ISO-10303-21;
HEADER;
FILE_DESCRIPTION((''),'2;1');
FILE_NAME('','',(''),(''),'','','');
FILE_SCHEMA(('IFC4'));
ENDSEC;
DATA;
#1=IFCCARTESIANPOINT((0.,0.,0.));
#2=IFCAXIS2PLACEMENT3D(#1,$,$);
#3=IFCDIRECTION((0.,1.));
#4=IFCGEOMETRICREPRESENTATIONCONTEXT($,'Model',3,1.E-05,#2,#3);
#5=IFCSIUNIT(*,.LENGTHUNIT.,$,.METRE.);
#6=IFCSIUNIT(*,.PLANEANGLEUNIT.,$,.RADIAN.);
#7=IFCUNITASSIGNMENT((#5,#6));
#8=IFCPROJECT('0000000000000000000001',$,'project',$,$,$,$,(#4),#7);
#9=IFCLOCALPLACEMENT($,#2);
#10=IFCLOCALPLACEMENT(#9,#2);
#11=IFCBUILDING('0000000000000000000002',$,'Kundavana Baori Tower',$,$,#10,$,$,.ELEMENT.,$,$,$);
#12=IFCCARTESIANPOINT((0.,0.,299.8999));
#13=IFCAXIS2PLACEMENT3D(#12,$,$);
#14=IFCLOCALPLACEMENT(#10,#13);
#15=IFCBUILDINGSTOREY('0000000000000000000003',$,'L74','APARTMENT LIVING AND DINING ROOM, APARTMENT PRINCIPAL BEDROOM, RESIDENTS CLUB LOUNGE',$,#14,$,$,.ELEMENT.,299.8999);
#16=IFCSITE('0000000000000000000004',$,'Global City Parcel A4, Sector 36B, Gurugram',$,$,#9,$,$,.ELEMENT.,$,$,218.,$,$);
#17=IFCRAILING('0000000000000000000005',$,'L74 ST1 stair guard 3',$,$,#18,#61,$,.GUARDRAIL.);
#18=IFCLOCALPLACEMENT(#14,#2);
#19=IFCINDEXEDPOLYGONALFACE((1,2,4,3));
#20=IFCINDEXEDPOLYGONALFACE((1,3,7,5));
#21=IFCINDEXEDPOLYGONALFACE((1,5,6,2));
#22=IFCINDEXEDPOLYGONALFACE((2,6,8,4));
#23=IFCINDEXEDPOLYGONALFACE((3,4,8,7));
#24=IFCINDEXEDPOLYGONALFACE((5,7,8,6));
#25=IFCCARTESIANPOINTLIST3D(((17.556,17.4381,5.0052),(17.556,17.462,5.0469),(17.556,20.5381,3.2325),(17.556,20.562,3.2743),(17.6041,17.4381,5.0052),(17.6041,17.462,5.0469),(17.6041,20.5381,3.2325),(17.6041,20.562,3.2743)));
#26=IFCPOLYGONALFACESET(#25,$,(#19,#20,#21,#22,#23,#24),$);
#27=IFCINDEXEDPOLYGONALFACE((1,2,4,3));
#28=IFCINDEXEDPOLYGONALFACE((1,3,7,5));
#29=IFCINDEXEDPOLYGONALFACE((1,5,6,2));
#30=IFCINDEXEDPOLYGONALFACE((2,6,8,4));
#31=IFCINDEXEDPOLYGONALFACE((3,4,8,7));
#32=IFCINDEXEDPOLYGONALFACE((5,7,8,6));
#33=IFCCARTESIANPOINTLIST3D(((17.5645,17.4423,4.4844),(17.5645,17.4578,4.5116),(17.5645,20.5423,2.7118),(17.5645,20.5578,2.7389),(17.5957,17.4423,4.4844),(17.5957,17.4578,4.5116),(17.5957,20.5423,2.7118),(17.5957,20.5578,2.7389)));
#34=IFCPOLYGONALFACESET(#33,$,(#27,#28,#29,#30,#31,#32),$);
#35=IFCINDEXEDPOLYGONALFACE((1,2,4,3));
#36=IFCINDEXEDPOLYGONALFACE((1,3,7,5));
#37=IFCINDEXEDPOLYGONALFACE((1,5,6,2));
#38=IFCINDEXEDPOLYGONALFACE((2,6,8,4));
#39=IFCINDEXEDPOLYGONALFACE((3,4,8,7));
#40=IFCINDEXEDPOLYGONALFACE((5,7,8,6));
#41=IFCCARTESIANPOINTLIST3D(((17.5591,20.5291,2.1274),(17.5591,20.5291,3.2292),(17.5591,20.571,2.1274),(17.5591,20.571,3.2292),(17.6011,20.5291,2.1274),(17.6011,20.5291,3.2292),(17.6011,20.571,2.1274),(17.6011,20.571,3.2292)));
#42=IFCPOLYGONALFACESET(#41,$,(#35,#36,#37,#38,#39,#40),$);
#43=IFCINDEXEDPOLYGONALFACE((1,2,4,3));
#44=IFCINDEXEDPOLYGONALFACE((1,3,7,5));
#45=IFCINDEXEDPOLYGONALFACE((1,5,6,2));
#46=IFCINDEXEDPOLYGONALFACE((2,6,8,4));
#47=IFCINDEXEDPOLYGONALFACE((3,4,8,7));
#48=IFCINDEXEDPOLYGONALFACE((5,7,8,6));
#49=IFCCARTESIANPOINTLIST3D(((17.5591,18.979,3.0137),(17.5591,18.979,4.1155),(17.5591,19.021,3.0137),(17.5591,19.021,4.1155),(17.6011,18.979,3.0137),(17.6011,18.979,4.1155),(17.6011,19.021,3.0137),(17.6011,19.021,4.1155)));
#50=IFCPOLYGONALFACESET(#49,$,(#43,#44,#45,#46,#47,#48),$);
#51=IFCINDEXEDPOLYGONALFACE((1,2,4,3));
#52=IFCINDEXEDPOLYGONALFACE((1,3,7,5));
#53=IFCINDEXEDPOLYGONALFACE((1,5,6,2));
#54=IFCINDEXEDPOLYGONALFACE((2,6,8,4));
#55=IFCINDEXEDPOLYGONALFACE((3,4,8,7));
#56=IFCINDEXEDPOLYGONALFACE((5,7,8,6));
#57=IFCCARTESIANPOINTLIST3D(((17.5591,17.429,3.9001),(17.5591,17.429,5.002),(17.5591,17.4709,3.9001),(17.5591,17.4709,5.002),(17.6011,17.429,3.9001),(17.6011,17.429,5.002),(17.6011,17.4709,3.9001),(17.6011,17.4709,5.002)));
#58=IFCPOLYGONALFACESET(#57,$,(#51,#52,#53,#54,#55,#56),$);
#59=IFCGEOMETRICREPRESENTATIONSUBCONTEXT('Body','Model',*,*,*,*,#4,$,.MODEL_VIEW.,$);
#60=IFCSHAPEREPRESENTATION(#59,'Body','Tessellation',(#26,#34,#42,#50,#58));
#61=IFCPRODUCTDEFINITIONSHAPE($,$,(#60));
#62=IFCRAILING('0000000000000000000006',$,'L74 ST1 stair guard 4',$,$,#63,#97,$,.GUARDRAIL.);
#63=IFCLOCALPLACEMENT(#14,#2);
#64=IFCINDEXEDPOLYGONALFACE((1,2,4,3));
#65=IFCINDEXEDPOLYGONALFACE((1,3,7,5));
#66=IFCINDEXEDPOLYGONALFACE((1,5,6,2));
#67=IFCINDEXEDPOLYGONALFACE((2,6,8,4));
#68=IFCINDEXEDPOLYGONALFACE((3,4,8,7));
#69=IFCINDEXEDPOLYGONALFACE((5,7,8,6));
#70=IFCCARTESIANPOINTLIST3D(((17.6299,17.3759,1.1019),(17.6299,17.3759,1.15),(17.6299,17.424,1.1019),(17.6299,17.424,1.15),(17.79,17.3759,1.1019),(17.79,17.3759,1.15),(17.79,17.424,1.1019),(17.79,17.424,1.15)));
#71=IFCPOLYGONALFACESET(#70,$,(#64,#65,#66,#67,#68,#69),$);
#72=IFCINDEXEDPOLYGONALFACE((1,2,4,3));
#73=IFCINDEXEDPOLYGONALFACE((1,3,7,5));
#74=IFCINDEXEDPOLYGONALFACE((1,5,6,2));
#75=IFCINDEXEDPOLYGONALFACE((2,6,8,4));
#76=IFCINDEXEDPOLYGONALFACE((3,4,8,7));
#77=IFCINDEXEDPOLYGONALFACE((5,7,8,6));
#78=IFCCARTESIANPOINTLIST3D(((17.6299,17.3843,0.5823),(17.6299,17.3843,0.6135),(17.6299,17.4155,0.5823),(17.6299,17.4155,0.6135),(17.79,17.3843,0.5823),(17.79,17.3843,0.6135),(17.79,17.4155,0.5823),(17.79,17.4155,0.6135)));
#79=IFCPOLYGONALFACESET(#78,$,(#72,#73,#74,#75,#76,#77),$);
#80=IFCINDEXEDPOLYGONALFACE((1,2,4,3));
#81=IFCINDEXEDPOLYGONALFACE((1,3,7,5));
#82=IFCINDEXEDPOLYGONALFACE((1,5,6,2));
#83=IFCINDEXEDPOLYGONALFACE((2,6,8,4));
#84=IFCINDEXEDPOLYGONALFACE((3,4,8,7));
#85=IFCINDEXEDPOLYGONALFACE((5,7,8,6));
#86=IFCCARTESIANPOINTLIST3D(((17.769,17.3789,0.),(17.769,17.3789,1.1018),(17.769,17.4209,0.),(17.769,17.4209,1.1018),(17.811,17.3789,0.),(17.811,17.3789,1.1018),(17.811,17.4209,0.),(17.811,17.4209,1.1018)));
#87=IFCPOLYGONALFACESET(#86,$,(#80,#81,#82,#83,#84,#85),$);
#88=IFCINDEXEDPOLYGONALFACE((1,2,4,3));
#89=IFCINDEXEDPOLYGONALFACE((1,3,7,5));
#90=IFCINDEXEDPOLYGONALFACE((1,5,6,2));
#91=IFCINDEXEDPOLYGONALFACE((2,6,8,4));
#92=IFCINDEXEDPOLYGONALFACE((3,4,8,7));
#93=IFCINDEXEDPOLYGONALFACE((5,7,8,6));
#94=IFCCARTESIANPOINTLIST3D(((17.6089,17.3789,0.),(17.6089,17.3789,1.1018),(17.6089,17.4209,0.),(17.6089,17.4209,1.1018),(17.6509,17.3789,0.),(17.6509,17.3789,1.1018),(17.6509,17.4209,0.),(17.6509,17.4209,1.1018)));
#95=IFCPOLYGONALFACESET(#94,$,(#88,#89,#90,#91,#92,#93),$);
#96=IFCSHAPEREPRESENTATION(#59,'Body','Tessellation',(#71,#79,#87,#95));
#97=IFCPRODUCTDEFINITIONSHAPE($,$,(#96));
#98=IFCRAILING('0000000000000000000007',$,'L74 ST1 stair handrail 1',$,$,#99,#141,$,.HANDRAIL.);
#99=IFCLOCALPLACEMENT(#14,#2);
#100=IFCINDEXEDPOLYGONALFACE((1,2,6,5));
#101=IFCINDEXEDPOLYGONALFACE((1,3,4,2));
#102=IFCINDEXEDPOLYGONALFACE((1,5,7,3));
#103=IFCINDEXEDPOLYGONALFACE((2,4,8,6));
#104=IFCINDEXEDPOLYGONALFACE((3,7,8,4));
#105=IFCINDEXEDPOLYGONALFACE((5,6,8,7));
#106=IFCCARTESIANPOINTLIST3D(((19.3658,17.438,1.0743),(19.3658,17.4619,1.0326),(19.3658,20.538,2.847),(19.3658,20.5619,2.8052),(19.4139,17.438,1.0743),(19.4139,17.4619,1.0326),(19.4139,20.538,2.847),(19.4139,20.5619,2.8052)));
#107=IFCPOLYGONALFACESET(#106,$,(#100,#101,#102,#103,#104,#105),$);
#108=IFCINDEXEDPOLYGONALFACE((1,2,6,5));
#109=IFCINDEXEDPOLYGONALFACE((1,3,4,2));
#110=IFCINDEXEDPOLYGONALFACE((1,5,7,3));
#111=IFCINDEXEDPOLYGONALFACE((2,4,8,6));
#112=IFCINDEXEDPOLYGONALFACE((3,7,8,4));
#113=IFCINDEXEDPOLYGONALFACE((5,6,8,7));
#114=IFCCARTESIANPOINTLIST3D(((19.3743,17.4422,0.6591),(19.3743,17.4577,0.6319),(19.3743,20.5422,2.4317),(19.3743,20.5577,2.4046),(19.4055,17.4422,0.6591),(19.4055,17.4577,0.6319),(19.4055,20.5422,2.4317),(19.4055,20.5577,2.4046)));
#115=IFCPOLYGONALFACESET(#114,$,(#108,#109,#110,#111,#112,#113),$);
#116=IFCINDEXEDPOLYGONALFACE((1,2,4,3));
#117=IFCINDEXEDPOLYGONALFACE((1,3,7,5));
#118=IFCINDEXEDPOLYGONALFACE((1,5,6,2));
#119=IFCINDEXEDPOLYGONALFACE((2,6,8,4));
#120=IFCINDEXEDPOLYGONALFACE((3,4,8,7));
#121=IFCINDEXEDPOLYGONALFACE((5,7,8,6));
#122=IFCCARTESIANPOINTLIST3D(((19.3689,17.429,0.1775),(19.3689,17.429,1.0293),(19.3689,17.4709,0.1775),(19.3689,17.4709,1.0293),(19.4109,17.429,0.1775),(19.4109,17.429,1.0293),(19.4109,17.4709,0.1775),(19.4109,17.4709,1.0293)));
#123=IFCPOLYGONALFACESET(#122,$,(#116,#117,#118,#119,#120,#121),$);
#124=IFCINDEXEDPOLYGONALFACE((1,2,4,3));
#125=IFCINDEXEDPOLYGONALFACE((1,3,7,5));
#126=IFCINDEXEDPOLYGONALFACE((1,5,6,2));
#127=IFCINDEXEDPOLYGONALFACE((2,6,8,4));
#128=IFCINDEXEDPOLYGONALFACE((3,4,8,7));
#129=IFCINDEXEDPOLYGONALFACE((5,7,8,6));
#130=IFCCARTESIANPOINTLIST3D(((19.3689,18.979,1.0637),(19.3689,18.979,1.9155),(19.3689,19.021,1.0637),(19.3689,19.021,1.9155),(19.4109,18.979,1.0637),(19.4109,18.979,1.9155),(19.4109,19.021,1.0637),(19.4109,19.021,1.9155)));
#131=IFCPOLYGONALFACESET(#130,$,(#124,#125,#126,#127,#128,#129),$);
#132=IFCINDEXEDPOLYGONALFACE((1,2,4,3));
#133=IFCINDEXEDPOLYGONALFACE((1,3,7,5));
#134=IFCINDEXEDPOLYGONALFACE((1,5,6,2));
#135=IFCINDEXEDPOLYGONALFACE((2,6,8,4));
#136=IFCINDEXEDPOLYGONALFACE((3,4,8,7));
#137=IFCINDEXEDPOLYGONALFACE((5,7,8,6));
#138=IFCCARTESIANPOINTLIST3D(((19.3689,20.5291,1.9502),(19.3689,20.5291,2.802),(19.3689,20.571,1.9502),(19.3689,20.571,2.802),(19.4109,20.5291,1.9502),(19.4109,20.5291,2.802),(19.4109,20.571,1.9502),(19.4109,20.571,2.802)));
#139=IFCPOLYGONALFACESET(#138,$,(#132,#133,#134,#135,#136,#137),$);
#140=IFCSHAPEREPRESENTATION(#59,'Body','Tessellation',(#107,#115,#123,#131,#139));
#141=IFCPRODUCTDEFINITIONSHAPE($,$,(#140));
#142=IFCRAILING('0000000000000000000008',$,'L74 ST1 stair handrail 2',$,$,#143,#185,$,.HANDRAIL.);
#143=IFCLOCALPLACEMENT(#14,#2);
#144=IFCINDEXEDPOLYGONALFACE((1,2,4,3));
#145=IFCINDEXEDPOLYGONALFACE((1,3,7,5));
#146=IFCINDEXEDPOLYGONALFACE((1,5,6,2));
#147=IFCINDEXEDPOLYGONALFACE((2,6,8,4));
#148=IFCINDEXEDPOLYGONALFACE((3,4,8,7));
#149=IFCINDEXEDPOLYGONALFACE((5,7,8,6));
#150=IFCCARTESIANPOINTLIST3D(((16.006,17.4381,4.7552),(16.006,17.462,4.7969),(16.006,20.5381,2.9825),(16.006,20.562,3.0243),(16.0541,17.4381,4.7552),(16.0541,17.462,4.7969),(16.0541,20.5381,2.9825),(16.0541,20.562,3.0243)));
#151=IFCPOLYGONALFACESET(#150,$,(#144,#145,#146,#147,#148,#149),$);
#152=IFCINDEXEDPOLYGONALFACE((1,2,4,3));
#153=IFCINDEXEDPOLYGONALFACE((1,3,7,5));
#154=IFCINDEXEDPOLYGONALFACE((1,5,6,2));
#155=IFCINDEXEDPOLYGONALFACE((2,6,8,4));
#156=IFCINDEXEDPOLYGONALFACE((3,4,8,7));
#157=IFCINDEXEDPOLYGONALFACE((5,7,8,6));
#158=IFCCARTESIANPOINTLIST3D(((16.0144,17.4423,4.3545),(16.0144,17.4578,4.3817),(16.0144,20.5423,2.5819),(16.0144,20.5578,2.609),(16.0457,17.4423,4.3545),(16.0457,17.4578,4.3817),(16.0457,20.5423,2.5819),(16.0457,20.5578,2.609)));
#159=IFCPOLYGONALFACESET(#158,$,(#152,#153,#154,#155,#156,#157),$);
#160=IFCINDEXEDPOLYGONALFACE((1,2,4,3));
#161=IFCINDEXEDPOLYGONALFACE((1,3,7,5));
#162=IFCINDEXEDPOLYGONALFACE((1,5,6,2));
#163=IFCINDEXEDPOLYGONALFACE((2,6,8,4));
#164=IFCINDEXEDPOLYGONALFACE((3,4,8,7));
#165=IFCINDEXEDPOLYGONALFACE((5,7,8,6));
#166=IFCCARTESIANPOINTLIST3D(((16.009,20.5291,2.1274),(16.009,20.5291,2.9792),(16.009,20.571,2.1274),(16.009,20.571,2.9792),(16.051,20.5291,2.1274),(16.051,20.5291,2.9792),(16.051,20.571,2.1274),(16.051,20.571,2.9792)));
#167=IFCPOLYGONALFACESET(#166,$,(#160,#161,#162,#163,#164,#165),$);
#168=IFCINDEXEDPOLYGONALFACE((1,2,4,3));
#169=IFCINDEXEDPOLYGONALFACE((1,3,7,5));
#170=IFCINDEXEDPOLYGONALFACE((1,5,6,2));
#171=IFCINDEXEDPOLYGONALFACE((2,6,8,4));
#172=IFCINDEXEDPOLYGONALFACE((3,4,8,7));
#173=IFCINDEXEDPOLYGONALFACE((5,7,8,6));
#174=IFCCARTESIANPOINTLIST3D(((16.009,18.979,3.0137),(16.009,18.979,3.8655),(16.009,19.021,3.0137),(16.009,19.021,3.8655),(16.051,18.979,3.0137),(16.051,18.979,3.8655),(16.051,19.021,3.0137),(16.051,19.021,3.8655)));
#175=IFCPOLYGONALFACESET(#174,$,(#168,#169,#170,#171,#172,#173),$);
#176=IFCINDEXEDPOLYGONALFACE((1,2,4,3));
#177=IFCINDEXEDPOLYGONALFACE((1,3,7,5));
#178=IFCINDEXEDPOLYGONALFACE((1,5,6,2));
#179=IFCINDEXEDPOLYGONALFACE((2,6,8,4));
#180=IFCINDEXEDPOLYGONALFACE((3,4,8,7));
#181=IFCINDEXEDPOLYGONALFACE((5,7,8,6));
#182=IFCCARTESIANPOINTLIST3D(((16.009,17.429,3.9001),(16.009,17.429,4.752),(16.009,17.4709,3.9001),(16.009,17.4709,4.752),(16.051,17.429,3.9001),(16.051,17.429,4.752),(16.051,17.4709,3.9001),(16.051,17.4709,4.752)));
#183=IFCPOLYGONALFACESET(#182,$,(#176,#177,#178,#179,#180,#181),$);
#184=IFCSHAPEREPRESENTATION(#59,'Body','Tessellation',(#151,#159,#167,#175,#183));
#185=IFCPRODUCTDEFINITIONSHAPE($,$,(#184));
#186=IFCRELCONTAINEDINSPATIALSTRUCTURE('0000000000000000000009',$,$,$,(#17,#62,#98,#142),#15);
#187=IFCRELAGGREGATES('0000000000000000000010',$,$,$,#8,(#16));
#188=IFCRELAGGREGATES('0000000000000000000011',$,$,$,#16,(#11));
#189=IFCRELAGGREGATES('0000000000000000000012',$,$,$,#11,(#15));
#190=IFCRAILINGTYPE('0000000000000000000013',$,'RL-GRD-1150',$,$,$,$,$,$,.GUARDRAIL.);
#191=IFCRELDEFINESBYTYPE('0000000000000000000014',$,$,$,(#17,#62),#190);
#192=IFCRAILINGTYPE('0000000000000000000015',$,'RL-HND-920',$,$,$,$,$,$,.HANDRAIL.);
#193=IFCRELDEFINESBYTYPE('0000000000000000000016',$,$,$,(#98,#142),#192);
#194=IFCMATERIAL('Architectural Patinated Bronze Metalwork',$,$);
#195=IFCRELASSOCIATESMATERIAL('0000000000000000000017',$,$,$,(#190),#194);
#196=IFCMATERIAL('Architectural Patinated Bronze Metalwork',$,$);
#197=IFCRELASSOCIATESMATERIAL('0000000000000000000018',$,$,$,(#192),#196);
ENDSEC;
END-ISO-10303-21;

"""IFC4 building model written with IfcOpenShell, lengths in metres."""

from ifc_helpers import new_model, si_unit, direction, frame, origin, origin_2d, place, context, subcontext, project, spatial, rectangle, extrude, material, type_object, element, save


model = new_model("IFC4")

# Units and contexts
model_context = context("Model", 3, precision=1e-05, world=origin(), true_north=direction((0.0, 1.0)))
body_context = subcontext(model_context, "Body", "Model", "MODEL_VIEW")
ifc_project = project(units=[si_unit("LENGTHUNIT", "METRE"), si_unit("PLANEANGLEUNIT", "RADIAN")], contexts=[model_context])

# Site, building, storey
site_placement = place(None, origin())
site = spatial("IfcSite", under=ifc_project, at=site_placement, Name="Global City Parcel A4, Sector 36B, Gurugram", CompositionType="ELEMENT", RefElevation=218.0)
building_placement = place(site_placement, origin())
building = spatial("IfcBuilding", under=site, at=building_placement, Name="Kundavana Baori Tower", CompositionType="ELEMENT")
storey_placement = place(building_placement, frame((0.0, 0.0, 299.8999)))
storey = spatial("IfcBuildingStorey", under=building, at=storey_placement, Name="L74", Description="APARTMENT LIVING AND DINING ROOM, APARTMENT PRINCIPAL BEDROOM, RESIDENTS CLUB LOUNGE", CompositionType="ELEMENT", Elevation=299.8999)

# Railings
ifc_material_1 = material(Name="Architectural Patinated Bronze Metalwork")
railing_type_1 = type_object("IfcRailingType", Name="RL-GRD-1150", PredefinedType="GUARDRAIL", material=ifc_material_1)
railing_1_placement = place(storey_placement, frame((17.5801, 20.55, 2.1274)))
element("IfcRailing", 1, at=railing_1_placement, inside=storey, type_object=railing_type_1, Name="L74 ST1 stair guard 3", PredefinedType="GUARDRAIL", context=body_context, shape_type="SweptSolid", body=[
    extrude(rectangle(XDim=0.0481, YDim=0.0481, at=origin_2d()), frame((0.0, 0.0, 1.126), z_axis=(0.0, -0.868096, 0.496397), x_axis=(1.0, 0.0, 0.0)), (0.0, 0.0, 1.0), 3.571),
    extrude(rectangle(XDim=0.0312, YDim=0.0312, at=origin_2d()), frame((0.0, 0.0, 0.5979), z_axis=(0.0, -0.868096, 0.496397), x_axis=(1.0, 0.0, 0.0)), (0.0, 0.0, 1.0), 3.571),
    extrude(rectangle(XDim=0.042, YDim=0.042, at=origin_2d()), origin(), (0.0, 0.0, 1.0), 1.1018),
    extrude(rectangle(XDim=0.042, YDim=0.042, at=origin_2d()), frame((0.0, -1.55, 0.8862)), (0.0, 0.0, 1.0), 1.1018),
    extrude(rectangle(XDim=0.042, YDim=0.042, at=origin_2d()), frame((0.0, -3.1001, 1.7727)), (0.0, 0.0, 1.0), 1.1018),
])
railing_2_placement = place(storey_placement, frame((17.79, 17.3999, 0.0)))
element("IfcRailing", 2, at=railing_2_placement, inside=storey, type_object=railing_type_1, Name="L74 ST1 stair guard 4", PredefinedType="GUARDRAIL", context=body_context, shape_type="SweptSolid", body=[
    extrude(rectangle(XDim=0.0481, YDim=0.0481, at=origin_2d()), frame((0.0, 0.0, 1.126), z_axis=(-1.0, 0.0, 0.0), x_axis=(0.0, -1.0, 0.0)), (0.0, 0.0, 1.0), 0.1602),
    extrude(rectangle(XDim=0.0312, YDim=0.0312, at=origin_2d()), frame((0.0, 0.0, 0.5979), z_axis=(-1.0, 0.0, 0.0), x_axis=(0.0, -1.0, 0.0)), (0.0, 0.0, 1.0), 0.1602),
    extrude(rectangle(XDim=0.042, YDim=0.042, at=origin_2d()), origin(), (0.0, 0.0, 1.0), 1.1018),
    extrude(rectangle(XDim=0.042, YDim=0.042, at=origin_2d()), frame((-0.1602, 0.0, 0.0)), (0.0, 0.0, 1.0), 1.1018),
])
ifc_material_2 = material(Name="Architectural Patinated Bronze Metalwork")
railing_type_2 = type_object("IfcRailingType", Name="RL-HND-920", PredefinedType="HANDRAIL", material=ifc_material_2)
railing_3_placement = place(storey_placement, frame((19.3899, 17.45, 0.1775)))
element("IfcRailing", 3, at=railing_3_placement, inside=storey, type_object=railing_type_2, Name="L74 ST1 stair handrail 1", PredefinedType="HANDRAIL", context=body_context, shape_type="SweptSolid", body=[
    extrude(rectangle(XDim=0.0481, YDim=0.0481, at=origin_2d()), frame((0.0, 0.0, 0.876), z_axis=(0.0, 0.868096, 0.496397), x_axis=(-1.0, 0.0, 0.0)), (0.0, 0.0, 1.0), 3.571),
    extrude(rectangle(XDim=0.0312, YDim=0.0312, at=origin_2d()), frame((0.0, 0.0, 0.468), z_axis=(0.0, 0.868096, 0.496397), x_axis=(-1.0, 0.0, 0.0)), (0.0, 0.0, 1.0), 3.571),
    extrude(rectangle(XDim=0.042, YDim=0.042, at=origin_2d()), origin(), (0.0, 0.0, 1.0), 0.8518),
    extrude(rectangle(XDim=0.042, YDim=0.042, at=origin_2d()), frame((0.0, 1.55, 0.8862)), (0.0, 0.0, 1.0), 0.8518),
    extrude(rectangle(XDim=0.042, YDim=0.042, at=origin_2d()), frame((0.0, 3.1001, 1.7727)), (0.0, 0.0, 1.0), 0.8518),
])
railing_4_placement = place(storey_placement, frame((16.03, 20.55, 2.1274)))
element("IfcRailing", 4, at=railing_4_placement, inside=storey, type_object=railing_type_2, Name="L74 ST1 stair handrail 2", PredefinedType="HANDRAIL", context=body_context, shape_type="SweptSolid", body=[
    extrude(rectangle(XDim=0.0481, YDim=0.0481, at=origin_2d()), frame((0.0, 0.0, 0.876), z_axis=(0.0, -0.868096, 0.496397), x_axis=(1.0, 0.0, 0.0)), (0.0, 0.0, 1.0), 3.571),
    extrude(rectangle(XDim=0.0312, YDim=0.0312, at=origin_2d()), frame((0.0, 0.0, 0.468), z_axis=(0.0, -0.868096, 0.496397), x_axis=(1.0, 0.0, 0.0)), (0.0, 0.0, 1.0), 3.571),
    extrude(rectangle(XDim=0.042, YDim=0.042, at=origin_2d()), origin(), (0.0, 0.0, 1.0), 0.8518),
    extrude(rectangle(XDim=0.042, YDim=0.042, at=origin_2d()), frame((0.0, -1.55, 0.8862)), (0.0, 0.0, 1.0), 0.8518),
    extrude(rectangle(XDim=0.042, YDim=0.042, at=origin_2d()), frame((0.0, -3.1001, 1.7727)), (0.0, 0.0, 1.0), 0.8518),
])

save(model, "model.ifc")
